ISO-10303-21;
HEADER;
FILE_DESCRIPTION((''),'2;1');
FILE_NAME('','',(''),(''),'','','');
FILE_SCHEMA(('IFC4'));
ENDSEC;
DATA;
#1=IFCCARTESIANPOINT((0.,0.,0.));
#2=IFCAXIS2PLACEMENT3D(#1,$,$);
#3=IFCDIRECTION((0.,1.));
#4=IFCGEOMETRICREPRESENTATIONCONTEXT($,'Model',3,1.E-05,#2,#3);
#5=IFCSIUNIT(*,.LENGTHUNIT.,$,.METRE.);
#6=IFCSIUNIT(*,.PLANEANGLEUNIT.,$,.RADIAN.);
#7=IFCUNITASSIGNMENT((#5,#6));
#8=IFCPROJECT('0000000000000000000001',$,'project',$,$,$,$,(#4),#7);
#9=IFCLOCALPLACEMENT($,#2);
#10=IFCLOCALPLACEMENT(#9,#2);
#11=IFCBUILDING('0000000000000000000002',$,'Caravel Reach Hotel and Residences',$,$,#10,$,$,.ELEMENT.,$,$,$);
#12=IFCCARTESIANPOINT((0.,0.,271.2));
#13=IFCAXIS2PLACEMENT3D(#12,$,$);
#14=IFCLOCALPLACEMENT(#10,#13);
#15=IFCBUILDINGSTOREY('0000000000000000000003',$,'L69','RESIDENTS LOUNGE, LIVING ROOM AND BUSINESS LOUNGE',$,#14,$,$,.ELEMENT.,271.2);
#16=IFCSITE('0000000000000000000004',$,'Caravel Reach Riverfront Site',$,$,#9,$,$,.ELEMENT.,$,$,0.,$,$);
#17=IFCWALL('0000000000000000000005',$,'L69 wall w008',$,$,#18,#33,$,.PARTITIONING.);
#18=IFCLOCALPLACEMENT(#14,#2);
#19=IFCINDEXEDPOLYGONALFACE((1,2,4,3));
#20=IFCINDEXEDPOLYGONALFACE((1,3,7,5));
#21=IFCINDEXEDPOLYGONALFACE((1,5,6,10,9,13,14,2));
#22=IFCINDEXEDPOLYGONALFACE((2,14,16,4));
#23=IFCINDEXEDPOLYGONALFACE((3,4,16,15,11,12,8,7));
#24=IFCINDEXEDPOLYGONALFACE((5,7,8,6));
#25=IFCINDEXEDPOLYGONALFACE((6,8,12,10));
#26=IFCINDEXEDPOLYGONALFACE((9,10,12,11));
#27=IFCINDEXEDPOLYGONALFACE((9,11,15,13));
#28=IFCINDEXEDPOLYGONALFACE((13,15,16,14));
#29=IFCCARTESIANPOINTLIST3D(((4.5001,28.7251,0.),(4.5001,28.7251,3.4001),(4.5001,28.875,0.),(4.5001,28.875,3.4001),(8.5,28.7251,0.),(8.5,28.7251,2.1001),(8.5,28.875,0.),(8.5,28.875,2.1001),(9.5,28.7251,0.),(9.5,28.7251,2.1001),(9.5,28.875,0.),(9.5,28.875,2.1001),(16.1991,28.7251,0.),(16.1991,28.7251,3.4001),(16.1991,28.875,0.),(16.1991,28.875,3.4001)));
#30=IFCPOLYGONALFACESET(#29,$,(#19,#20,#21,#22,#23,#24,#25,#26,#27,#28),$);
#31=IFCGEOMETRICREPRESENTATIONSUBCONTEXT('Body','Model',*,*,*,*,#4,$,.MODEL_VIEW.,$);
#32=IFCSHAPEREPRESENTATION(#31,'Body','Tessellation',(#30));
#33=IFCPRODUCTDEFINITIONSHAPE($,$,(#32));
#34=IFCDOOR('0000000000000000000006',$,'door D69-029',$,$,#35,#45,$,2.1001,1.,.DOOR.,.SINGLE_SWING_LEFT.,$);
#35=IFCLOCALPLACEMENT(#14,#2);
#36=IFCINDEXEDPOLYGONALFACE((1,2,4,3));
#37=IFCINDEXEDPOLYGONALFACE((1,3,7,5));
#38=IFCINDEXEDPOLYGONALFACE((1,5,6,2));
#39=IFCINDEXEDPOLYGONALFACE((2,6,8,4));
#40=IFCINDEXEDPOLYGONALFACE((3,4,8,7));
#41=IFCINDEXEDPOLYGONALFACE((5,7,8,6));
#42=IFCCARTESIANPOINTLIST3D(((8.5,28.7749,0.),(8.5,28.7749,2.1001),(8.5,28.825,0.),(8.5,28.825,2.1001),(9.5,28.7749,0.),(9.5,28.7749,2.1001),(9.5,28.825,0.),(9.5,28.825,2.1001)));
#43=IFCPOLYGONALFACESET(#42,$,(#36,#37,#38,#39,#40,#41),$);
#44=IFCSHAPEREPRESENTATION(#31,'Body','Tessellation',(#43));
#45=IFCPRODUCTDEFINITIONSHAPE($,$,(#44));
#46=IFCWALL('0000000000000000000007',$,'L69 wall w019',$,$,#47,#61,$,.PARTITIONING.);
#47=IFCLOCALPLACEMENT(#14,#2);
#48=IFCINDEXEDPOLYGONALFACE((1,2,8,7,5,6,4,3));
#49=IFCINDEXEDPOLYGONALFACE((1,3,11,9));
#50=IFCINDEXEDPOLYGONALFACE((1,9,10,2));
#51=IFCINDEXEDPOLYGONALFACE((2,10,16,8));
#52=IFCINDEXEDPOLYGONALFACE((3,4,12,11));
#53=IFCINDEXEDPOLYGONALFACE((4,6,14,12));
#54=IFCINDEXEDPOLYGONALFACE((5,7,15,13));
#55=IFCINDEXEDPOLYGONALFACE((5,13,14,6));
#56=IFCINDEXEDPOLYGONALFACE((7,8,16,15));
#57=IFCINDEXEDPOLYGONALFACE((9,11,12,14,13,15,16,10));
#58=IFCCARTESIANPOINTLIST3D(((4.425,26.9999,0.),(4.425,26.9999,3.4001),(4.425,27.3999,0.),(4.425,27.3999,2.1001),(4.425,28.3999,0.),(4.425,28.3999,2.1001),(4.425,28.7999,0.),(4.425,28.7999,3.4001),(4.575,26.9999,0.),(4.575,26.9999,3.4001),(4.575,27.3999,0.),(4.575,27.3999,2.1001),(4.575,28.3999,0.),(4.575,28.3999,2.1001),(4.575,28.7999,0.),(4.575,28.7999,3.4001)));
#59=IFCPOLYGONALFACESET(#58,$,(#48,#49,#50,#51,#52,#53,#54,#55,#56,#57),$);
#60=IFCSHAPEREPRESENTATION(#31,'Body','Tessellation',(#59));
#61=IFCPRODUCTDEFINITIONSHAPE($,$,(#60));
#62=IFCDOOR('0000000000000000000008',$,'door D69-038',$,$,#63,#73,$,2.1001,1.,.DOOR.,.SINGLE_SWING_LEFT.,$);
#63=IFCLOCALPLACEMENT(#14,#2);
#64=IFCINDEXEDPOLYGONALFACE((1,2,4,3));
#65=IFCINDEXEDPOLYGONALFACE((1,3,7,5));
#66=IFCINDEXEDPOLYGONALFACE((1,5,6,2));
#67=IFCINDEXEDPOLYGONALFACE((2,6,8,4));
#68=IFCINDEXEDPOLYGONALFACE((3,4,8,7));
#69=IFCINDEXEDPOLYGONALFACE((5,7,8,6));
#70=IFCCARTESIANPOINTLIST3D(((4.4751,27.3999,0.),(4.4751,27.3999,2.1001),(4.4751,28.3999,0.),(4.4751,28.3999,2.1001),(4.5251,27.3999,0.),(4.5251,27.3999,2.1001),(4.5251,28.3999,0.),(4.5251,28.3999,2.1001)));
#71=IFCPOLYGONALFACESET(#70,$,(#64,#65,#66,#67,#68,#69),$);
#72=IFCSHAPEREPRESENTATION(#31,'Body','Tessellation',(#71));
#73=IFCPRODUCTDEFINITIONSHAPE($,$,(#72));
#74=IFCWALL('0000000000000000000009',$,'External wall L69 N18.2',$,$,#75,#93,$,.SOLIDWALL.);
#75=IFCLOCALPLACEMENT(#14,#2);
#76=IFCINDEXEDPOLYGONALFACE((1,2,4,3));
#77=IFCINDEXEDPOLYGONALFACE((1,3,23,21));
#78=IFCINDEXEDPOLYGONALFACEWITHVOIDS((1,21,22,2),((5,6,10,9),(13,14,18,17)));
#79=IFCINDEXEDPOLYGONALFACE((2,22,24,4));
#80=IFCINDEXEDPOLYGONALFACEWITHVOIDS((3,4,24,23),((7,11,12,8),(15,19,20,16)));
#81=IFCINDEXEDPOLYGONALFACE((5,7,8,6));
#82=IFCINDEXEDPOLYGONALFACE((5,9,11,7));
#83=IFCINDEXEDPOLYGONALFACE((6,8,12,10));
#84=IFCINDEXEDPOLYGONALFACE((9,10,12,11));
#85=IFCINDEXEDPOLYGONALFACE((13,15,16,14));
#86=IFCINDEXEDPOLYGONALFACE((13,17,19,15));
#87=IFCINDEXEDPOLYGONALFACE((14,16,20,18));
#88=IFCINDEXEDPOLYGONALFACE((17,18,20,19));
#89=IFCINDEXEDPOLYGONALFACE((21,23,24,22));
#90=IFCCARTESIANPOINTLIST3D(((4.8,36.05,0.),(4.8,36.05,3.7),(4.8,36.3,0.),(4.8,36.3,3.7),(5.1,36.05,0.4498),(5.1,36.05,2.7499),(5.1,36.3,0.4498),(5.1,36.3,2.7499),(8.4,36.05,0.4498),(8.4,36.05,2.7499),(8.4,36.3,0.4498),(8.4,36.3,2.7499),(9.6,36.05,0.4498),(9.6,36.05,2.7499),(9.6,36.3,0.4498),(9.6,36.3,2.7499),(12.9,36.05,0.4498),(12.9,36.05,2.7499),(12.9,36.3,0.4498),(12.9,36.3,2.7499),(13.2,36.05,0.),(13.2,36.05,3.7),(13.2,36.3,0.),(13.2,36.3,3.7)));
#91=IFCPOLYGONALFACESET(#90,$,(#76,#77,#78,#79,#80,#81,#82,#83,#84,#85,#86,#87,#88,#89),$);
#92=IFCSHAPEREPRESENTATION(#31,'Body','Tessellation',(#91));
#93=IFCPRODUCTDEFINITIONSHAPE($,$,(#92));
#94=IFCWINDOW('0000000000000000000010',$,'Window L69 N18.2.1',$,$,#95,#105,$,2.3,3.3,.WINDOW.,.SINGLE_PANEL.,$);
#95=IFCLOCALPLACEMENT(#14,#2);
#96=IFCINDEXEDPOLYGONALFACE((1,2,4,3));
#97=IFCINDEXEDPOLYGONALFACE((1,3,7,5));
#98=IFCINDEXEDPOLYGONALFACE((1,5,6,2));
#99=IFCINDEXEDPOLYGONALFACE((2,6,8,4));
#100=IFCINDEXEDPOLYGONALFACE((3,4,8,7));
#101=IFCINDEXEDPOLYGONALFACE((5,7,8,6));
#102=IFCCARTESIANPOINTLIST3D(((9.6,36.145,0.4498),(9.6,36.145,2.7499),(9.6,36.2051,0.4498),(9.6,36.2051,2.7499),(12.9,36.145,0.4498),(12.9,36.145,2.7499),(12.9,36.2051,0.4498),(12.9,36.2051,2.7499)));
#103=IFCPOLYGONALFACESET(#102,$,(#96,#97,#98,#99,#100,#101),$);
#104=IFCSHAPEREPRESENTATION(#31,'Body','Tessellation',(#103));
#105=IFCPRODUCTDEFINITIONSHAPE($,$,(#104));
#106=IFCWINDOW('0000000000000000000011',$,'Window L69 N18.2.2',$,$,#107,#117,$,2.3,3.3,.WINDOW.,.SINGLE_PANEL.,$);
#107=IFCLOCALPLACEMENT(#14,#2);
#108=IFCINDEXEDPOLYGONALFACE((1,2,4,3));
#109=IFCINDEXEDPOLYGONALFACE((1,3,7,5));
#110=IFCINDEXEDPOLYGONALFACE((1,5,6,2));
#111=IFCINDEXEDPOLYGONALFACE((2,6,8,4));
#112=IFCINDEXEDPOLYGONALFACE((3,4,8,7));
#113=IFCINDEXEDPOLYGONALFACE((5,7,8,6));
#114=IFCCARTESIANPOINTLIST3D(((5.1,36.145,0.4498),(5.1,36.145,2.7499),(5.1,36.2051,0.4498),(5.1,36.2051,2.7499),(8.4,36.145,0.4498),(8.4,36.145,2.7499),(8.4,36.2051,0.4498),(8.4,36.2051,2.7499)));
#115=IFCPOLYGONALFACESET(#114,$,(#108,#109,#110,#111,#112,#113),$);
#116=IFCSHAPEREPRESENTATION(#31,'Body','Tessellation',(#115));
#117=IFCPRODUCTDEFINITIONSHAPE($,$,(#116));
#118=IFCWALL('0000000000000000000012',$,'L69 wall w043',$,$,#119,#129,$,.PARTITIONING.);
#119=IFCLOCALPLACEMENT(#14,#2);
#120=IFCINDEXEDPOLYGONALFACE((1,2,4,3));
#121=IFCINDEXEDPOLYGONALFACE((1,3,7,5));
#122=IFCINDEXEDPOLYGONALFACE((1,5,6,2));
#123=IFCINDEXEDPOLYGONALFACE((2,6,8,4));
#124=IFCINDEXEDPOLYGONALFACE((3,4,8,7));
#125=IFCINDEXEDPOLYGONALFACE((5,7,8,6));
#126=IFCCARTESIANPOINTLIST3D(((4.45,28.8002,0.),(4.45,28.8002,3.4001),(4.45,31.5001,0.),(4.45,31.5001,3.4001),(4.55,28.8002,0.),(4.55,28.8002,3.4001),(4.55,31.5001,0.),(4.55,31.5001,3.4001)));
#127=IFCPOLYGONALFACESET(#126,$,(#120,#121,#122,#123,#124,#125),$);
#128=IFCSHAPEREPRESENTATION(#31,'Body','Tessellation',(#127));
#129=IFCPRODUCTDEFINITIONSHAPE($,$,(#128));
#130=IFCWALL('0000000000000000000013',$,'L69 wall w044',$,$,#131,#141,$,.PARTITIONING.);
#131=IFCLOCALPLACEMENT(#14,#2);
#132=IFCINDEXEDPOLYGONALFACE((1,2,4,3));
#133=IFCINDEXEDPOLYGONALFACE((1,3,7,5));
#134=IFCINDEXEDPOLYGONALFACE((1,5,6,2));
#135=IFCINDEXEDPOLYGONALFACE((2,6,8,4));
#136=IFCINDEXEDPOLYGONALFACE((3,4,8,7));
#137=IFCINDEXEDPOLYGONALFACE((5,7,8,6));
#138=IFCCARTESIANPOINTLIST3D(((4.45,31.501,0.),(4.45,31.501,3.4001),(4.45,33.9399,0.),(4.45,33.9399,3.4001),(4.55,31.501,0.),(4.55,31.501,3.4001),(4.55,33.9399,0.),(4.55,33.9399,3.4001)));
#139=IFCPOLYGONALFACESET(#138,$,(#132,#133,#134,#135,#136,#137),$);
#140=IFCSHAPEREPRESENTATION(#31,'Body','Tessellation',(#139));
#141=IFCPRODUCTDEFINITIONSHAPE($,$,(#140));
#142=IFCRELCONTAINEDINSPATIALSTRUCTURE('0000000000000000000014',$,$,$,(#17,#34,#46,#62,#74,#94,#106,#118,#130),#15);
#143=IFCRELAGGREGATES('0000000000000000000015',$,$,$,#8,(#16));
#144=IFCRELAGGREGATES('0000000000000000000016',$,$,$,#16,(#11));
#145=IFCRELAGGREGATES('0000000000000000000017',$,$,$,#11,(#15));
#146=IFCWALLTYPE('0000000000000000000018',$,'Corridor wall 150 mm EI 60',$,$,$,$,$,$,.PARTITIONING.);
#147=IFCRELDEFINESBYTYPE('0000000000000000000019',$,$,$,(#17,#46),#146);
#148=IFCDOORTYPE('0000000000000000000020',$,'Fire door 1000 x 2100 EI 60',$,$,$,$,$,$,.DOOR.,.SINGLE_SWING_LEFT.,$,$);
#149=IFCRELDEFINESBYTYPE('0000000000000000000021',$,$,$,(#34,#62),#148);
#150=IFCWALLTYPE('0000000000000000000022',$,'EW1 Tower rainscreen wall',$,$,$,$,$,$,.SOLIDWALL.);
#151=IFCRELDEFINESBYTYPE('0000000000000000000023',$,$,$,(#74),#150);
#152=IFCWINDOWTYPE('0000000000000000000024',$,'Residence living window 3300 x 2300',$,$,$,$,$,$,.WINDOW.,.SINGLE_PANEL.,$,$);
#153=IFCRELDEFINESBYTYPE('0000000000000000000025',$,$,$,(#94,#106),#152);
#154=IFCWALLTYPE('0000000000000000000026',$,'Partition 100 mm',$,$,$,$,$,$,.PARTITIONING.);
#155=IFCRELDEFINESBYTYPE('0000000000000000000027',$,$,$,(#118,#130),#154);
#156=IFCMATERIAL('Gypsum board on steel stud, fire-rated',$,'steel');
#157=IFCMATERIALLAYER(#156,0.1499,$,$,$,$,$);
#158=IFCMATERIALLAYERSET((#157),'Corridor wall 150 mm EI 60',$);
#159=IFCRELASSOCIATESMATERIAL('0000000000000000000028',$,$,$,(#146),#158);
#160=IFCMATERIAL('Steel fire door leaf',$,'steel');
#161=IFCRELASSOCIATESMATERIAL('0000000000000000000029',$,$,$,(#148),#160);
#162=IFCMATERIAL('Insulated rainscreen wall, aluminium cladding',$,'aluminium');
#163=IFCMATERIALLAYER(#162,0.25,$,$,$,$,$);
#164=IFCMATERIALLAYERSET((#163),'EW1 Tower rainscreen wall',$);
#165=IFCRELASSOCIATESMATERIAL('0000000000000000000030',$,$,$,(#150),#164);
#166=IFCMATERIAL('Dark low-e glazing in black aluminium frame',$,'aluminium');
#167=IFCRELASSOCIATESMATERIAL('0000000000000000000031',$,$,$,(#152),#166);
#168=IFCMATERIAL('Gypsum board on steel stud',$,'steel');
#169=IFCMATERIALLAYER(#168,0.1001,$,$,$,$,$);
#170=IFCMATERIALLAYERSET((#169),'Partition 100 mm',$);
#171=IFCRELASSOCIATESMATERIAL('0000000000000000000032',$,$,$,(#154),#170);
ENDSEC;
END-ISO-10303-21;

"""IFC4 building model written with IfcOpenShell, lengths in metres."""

from ifc_helpers import new_model, si_unit, direction, frame, frame_2d, origin, place, context, subcontext, project, spatial, rectangle, extrude, material, layer, layer_set, type_object, element, fill, save


model = new_model("IFC4")

# Units and contexts
model_context = context("Model", 3, precision=1e-05, world=origin(), true_north=direction((0.0, 1.0)))
body_context = subcontext(model_context, "Body", "Model", "MODEL_VIEW")
ifc_project = project(units=[si_unit("LENGTHUNIT", "METRE"), si_unit("PLANEANGLEUNIT", "RADIAN")], contexts=[model_context])

# Site, building, storey
site_placement = place(None, origin())
site = spatial("IfcSite", under=ifc_project, at=site_placement, Name="Caravel Reach Riverfront Site", CompositionType="ELEMENT", RefElevation=0.0)
building_placement = place(site_placement, origin())
building = spatial("IfcBuilding", under=site, at=building_placement, Name="Caravel Reach Hotel and Residences", CompositionType="ELEMENT")
storey_placement = place(building_placement, frame((0.0, 0.0, 271.2)))
storey = spatial("IfcBuildingStorey", under=building, at=storey_placement, Name="L69", Description="RESIDENTS LOUNGE, LIVING ROOM AND BUSINESS LOUNGE", CompositionType="ELEMENT", Elevation=271.2)

# Walls, openings, doors
ifc_material_1 = material(Name="Gypsum board on steel stud, fire-rated", Category="steel")
ifc_layer_1 = layer(ifc_material_1, 0.1499)
ifc_layer_set_1 = layer_set([ifc_layer_1], Name="Corridor wall 150 mm EI 60")
wall_type_1 = type_object("IfcWallType", Name="Corridor wall 150 mm EI 60", PredefinedType="PARTITIONING", material=ifc_layer_set_1)
wall_1_placement = place(storey_placement, frame((4.5, 28.8, 0.0), z_axis=(0.0, 0.0, 1.0), x_axis=(1.0, 0.0, 0.0)))
wall_1 = element("IfcWall", 1, at=wall_1_placement, inside=storey, type_object=wall_type_1, Name="L69 wall w008", PredefinedType="PARTITIONING", context=body_context, shape_type="SweptSolid", body=[
    extrude(rectangle(XDim=11.699, YDim=0.1499, at=frame_2d((5.8496, 0.0))), origin(), (0.0, 0.0, 1.0), 3.4001),
])
opening_1_placement = place(wall_1_placement, frame((4.0, 0.0, 0.0)))
opening_1 = element("IfcOpeningElement", 2, at=opening_1_placement, cuts=wall_1, PredefinedType="OPENING", context=body_context, shape_type="SweptSolid", body=[
    extrude(rectangle(XDim=1.0, YDim=2.1001, at=frame_2d((0.5, 1.05))), frame((0.0, 0.085, 0.0), z_axis=(0.0, -1.0, 0.0), x_axis=(1.0, 0.0, 0.0)), (0.0, 0.0, 1.0), 0.1699),
])
ifc_material_2 = material(Name="Steel fire door leaf", Category="steel")
door_type = type_object("IfcDoorType", Name="Fire door 1000 x 2100 EI 60", OperationType="SINGLE_SWING_LEFT", PredefinedType="DOOR", material=ifc_material_2)
door_1_placement = place(opening_1_placement, origin())
door_1 = element("IfcDoor", 3, at=door_1_placement, inside=storey, type_object=door_type, Name="door D69-029", OperationType="SINGLE_SWING_LEFT", OverallHeight=2.1001, OverallWidth=1.0, PredefinedType="DOOR", context=body_context, shape_type="SweptSolid", body=[
    extrude(rectangle(XDim=1.0, YDim=2.1001, at=frame_2d((0.5, 1.05))), frame((0.0, 0.0249, 0.0), z_axis=(0.0, -1.0, 0.0), x_axis=(1.0, 0.0, 0.0)), (0.0, 0.0, 1.0), 0.05),
])
fill(opening_1, door_1)
wall_2_placement = place(storey_placement, frame((4.5, 27.0, 0.0), z_axis=(0.0, 0.0, 1.0), x_axis=(0.0, 1.0, 0.0)))
wall_2 = element("IfcWall", 4, at=wall_2_placement, inside=storey, type_object=wall_type_1, Name="L69 wall w019", PredefinedType="PARTITIONING", context=body_context, shape_type="SweptSolid", body=[
    extrude(rectangle(XDim=1.8, YDim=0.1499, at=frame_2d((0.8999, 0.0))), origin(), (0.0, 0.0, 1.0), 3.4001),
])
opening_2_placement = place(wall_2_placement, frame((0.3999, 0.0, 0.0)))
opening_2 = element("IfcOpeningElement", 5, at=opening_2_placement, cuts=wall_2, PredefinedType="OPENING", context=body_context, shape_type="SweptSolid", body=[
    extrude(rectangle(XDim=1.0, YDim=2.1001, at=frame_2d((0.5, 1.05))), frame((0.0, 0.085, 0.0), z_axis=(0.0, -1.0, 0.0), x_axis=(1.0, 0.0, 0.0)), (0.0, 0.0, 1.0), 0.1699),
])
door_2_placement = place(opening_2_placement, origin())
door_2 = element("IfcDoor", 6, at=door_2_placement, inside=storey, type_object=door_type, Name="door D69-038", OperationType="SINGLE_SWING_LEFT", OverallHeight=2.1001, OverallWidth=1.0, PredefinedType="DOOR", context=body_context, shape_type="SweptSolid", body=[
    extrude(rectangle(XDim=1.0, YDim=2.1001, at=frame_2d((0.5, 1.05))), frame((0.0, 0.0249, 0.0), z_axis=(0.0, -1.0, 0.0), x_axis=(1.0, 0.0, 0.0)), (0.0, 0.0, 1.0), 0.05),
])
fill(opening_2, door_2)

# Wall, openings, windows
ifc_material_3 = material(Name="Insulated rainscreen wall, aluminium cladding", Category="aluminium")
ifc_layer_2 = layer(ifc_material_3, 0.25)
ifc_layer_set_2 = layer_set([ifc_layer_2], Name="EW1 Tower rainscreen wall")
wall_type_2 = type_object("IfcWallType", Name="EW1 Tower rainscreen wall", PredefinedType="SOLIDWALL", material=ifc_layer_set_2)
wall_3_placement = place(storey_placement, frame((13.2, 36.175, 0.0), z_axis=(0.0, 0.0, 1.0), x_axis=(-1.0, 0.0, 0.0)))
wall_3 = element("IfcWall", 7, at=wall_3_placement, inside=storey, type_object=wall_type_2, Name="External wall L69 N18.2", PredefinedType="SOLIDWALL", context=body_context, shape_type="SweptSolid", body=[
    extrude(rectangle(XDim=8.3999, YDim=0.25, at=frame_2d((4.2, 0.0))), origin(), (0.0, 0.0, 1.0), 3.7),
])
opening_3_placement = place(wall_3_placement, frame((0.3, 0.0, 0.45)))
opening_3 = element("IfcOpeningElement", 8, at=opening_3_placement, cuts=wall_3, PredefinedType="OPENING", context=body_context, shape_type="SweptSolid", body=[
    extrude(rectangle(XDim=3.3, YDim=2.3, at=frame_2d((1.6499, 1.1499))), frame((0.0, 0.135, 0.0), z_axis=(0.0, -1.0, 0.0), x_axis=(1.0, 0.0, 0.0)), (0.0, 0.0, 1.0), 0.27),
])
opening_4_placement = place(wall_3_placement, frame((4.8, 0.0, 0.45)))
opening_4 = element("IfcOpeningElement", 9, at=opening_4_placement, cuts=wall_3, PredefinedType="OPENING", context=body_context, shape_type="SweptSolid", body=[
    extrude(rectangle(XDim=3.3, YDim=2.3, at=frame_2d((1.6499, 1.1499))), frame((0.0, 0.135, 0.0), z_axis=(0.0, -1.0, 0.0), x_axis=(1.0, 0.0, 0.0)), (0.0, 0.0, 1.0), 0.27),
])
ifc_material_4 = material(Name="Dark low-e glazing in black aluminium frame", Category="aluminium")
window_type = type_object("IfcWindowType", Name="Residence living window 3300 x 2300", PartitioningType="SINGLE_PANEL", PredefinedType="WINDOW", material=ifc_material_4)
window_1_placement = place(opening_3_placement, origin())
window_1 = element("IfcWindow", 10, at=window_1_placement, inside=storey, type_object=window_type, Name="Window L69 N18.2.1", OverallHeight=2.3, OverallWidth=3.3, PartitioningType="SINGLE_PANEL", PredefinedType="WINDOW", context=body_context, shape_type="SweptSolid", body=[
    extrude(rectangle(XDim=3.3, YDim=2.3, at=frame_2d((1.6499, 1.1499))), frame((0.0, 0.03, 0.0), z_axis=(0.0, -1.0, 0.0), x_axis=(1.0, 0.0, 0.0)), (0.0, 0.0, 1.0), 0.0601),
])
fill(opening_3, window_1)
window_2_placement = place(opening_4_placement, origin())
window_2 = element("IfcWindow", 11, at=window_2_placement, inside=storey, type_object=window_type, Name="Window L69 N18.2.2", OverallHeight=2.3, OverallWidth=3.3, PartitioningType="SINGLE_PANEL", PredefinedType="WINDOW", context=body_context, shape_type="SweptSolid", body=[
    extrude(rectangle(XDim=3.3, YDim=2.3, at=frame_2d((1.6499, 1.1499))), frame((0.0, 0.03, 0.0), z_axis=(0.0, -1.0, 0.0), x_axis=(1.0, 0.0, 0.0)), (0.0, 0.0, 1.0), 0.0601),
])
fill(opening_4, window_2)

# Walls
ifc_material_5 = material(Name="Gypsum board on steel stud", Category="steel")
ifc_layer_3 = layer(ifc_material_5, 0.1001)
ifc_layer_set_3 = layer_set([ifc_layer_3], Name="Partition 100 mm")
wall_type_3 = type_object("IfcWallType", Name="Partition 100 mm", PredefinedType="PARTITIONING", material=ifc_layer_set_3)
wall_4_placement = place(storey_placement, frame((4.5, 28.8, 0.0), z_axis=(0.0, 0.0, 1.0), x_axis=(0.0, 1.0, 0.0)))
element("IfcWall", 12, at=wall_4_placement, inside=storey, type_object=wall_type_3, Name="L69 wall w043", PredefinedType="PARTITIONING", context=body_context, shape_type="SweptSolid", body=[
    extrude(rectangle(XDim=2.7, YDim=0.1001, at=frame_2d((1.3501, 0.0))), origin(), (0.0, 0.0, 1.0), 3.4001),
])
wall_5_placement = place(storey_placement, frame((4.5, 31.501, 0.0), z_axis=(0.0, 0.0, 1.0), x_axis=(0.0, 1.0, 0.0)))
element("IfcWall", 13, at=wall_5_placement, inside=storey, type_object=wall_type_3, Name="L69 wall w044", PredefinedType="PARTITIONING", context=body_context, shape_type="SweptSolid", body=[
    extrude(rectangle(XDim=2.439, YDim=0.1001, at=frame_2d((1.2195, 0.0))), origin(), (0.0, 0.0, 1.0), 3.4001),
])

save(model, "model.ifc")
